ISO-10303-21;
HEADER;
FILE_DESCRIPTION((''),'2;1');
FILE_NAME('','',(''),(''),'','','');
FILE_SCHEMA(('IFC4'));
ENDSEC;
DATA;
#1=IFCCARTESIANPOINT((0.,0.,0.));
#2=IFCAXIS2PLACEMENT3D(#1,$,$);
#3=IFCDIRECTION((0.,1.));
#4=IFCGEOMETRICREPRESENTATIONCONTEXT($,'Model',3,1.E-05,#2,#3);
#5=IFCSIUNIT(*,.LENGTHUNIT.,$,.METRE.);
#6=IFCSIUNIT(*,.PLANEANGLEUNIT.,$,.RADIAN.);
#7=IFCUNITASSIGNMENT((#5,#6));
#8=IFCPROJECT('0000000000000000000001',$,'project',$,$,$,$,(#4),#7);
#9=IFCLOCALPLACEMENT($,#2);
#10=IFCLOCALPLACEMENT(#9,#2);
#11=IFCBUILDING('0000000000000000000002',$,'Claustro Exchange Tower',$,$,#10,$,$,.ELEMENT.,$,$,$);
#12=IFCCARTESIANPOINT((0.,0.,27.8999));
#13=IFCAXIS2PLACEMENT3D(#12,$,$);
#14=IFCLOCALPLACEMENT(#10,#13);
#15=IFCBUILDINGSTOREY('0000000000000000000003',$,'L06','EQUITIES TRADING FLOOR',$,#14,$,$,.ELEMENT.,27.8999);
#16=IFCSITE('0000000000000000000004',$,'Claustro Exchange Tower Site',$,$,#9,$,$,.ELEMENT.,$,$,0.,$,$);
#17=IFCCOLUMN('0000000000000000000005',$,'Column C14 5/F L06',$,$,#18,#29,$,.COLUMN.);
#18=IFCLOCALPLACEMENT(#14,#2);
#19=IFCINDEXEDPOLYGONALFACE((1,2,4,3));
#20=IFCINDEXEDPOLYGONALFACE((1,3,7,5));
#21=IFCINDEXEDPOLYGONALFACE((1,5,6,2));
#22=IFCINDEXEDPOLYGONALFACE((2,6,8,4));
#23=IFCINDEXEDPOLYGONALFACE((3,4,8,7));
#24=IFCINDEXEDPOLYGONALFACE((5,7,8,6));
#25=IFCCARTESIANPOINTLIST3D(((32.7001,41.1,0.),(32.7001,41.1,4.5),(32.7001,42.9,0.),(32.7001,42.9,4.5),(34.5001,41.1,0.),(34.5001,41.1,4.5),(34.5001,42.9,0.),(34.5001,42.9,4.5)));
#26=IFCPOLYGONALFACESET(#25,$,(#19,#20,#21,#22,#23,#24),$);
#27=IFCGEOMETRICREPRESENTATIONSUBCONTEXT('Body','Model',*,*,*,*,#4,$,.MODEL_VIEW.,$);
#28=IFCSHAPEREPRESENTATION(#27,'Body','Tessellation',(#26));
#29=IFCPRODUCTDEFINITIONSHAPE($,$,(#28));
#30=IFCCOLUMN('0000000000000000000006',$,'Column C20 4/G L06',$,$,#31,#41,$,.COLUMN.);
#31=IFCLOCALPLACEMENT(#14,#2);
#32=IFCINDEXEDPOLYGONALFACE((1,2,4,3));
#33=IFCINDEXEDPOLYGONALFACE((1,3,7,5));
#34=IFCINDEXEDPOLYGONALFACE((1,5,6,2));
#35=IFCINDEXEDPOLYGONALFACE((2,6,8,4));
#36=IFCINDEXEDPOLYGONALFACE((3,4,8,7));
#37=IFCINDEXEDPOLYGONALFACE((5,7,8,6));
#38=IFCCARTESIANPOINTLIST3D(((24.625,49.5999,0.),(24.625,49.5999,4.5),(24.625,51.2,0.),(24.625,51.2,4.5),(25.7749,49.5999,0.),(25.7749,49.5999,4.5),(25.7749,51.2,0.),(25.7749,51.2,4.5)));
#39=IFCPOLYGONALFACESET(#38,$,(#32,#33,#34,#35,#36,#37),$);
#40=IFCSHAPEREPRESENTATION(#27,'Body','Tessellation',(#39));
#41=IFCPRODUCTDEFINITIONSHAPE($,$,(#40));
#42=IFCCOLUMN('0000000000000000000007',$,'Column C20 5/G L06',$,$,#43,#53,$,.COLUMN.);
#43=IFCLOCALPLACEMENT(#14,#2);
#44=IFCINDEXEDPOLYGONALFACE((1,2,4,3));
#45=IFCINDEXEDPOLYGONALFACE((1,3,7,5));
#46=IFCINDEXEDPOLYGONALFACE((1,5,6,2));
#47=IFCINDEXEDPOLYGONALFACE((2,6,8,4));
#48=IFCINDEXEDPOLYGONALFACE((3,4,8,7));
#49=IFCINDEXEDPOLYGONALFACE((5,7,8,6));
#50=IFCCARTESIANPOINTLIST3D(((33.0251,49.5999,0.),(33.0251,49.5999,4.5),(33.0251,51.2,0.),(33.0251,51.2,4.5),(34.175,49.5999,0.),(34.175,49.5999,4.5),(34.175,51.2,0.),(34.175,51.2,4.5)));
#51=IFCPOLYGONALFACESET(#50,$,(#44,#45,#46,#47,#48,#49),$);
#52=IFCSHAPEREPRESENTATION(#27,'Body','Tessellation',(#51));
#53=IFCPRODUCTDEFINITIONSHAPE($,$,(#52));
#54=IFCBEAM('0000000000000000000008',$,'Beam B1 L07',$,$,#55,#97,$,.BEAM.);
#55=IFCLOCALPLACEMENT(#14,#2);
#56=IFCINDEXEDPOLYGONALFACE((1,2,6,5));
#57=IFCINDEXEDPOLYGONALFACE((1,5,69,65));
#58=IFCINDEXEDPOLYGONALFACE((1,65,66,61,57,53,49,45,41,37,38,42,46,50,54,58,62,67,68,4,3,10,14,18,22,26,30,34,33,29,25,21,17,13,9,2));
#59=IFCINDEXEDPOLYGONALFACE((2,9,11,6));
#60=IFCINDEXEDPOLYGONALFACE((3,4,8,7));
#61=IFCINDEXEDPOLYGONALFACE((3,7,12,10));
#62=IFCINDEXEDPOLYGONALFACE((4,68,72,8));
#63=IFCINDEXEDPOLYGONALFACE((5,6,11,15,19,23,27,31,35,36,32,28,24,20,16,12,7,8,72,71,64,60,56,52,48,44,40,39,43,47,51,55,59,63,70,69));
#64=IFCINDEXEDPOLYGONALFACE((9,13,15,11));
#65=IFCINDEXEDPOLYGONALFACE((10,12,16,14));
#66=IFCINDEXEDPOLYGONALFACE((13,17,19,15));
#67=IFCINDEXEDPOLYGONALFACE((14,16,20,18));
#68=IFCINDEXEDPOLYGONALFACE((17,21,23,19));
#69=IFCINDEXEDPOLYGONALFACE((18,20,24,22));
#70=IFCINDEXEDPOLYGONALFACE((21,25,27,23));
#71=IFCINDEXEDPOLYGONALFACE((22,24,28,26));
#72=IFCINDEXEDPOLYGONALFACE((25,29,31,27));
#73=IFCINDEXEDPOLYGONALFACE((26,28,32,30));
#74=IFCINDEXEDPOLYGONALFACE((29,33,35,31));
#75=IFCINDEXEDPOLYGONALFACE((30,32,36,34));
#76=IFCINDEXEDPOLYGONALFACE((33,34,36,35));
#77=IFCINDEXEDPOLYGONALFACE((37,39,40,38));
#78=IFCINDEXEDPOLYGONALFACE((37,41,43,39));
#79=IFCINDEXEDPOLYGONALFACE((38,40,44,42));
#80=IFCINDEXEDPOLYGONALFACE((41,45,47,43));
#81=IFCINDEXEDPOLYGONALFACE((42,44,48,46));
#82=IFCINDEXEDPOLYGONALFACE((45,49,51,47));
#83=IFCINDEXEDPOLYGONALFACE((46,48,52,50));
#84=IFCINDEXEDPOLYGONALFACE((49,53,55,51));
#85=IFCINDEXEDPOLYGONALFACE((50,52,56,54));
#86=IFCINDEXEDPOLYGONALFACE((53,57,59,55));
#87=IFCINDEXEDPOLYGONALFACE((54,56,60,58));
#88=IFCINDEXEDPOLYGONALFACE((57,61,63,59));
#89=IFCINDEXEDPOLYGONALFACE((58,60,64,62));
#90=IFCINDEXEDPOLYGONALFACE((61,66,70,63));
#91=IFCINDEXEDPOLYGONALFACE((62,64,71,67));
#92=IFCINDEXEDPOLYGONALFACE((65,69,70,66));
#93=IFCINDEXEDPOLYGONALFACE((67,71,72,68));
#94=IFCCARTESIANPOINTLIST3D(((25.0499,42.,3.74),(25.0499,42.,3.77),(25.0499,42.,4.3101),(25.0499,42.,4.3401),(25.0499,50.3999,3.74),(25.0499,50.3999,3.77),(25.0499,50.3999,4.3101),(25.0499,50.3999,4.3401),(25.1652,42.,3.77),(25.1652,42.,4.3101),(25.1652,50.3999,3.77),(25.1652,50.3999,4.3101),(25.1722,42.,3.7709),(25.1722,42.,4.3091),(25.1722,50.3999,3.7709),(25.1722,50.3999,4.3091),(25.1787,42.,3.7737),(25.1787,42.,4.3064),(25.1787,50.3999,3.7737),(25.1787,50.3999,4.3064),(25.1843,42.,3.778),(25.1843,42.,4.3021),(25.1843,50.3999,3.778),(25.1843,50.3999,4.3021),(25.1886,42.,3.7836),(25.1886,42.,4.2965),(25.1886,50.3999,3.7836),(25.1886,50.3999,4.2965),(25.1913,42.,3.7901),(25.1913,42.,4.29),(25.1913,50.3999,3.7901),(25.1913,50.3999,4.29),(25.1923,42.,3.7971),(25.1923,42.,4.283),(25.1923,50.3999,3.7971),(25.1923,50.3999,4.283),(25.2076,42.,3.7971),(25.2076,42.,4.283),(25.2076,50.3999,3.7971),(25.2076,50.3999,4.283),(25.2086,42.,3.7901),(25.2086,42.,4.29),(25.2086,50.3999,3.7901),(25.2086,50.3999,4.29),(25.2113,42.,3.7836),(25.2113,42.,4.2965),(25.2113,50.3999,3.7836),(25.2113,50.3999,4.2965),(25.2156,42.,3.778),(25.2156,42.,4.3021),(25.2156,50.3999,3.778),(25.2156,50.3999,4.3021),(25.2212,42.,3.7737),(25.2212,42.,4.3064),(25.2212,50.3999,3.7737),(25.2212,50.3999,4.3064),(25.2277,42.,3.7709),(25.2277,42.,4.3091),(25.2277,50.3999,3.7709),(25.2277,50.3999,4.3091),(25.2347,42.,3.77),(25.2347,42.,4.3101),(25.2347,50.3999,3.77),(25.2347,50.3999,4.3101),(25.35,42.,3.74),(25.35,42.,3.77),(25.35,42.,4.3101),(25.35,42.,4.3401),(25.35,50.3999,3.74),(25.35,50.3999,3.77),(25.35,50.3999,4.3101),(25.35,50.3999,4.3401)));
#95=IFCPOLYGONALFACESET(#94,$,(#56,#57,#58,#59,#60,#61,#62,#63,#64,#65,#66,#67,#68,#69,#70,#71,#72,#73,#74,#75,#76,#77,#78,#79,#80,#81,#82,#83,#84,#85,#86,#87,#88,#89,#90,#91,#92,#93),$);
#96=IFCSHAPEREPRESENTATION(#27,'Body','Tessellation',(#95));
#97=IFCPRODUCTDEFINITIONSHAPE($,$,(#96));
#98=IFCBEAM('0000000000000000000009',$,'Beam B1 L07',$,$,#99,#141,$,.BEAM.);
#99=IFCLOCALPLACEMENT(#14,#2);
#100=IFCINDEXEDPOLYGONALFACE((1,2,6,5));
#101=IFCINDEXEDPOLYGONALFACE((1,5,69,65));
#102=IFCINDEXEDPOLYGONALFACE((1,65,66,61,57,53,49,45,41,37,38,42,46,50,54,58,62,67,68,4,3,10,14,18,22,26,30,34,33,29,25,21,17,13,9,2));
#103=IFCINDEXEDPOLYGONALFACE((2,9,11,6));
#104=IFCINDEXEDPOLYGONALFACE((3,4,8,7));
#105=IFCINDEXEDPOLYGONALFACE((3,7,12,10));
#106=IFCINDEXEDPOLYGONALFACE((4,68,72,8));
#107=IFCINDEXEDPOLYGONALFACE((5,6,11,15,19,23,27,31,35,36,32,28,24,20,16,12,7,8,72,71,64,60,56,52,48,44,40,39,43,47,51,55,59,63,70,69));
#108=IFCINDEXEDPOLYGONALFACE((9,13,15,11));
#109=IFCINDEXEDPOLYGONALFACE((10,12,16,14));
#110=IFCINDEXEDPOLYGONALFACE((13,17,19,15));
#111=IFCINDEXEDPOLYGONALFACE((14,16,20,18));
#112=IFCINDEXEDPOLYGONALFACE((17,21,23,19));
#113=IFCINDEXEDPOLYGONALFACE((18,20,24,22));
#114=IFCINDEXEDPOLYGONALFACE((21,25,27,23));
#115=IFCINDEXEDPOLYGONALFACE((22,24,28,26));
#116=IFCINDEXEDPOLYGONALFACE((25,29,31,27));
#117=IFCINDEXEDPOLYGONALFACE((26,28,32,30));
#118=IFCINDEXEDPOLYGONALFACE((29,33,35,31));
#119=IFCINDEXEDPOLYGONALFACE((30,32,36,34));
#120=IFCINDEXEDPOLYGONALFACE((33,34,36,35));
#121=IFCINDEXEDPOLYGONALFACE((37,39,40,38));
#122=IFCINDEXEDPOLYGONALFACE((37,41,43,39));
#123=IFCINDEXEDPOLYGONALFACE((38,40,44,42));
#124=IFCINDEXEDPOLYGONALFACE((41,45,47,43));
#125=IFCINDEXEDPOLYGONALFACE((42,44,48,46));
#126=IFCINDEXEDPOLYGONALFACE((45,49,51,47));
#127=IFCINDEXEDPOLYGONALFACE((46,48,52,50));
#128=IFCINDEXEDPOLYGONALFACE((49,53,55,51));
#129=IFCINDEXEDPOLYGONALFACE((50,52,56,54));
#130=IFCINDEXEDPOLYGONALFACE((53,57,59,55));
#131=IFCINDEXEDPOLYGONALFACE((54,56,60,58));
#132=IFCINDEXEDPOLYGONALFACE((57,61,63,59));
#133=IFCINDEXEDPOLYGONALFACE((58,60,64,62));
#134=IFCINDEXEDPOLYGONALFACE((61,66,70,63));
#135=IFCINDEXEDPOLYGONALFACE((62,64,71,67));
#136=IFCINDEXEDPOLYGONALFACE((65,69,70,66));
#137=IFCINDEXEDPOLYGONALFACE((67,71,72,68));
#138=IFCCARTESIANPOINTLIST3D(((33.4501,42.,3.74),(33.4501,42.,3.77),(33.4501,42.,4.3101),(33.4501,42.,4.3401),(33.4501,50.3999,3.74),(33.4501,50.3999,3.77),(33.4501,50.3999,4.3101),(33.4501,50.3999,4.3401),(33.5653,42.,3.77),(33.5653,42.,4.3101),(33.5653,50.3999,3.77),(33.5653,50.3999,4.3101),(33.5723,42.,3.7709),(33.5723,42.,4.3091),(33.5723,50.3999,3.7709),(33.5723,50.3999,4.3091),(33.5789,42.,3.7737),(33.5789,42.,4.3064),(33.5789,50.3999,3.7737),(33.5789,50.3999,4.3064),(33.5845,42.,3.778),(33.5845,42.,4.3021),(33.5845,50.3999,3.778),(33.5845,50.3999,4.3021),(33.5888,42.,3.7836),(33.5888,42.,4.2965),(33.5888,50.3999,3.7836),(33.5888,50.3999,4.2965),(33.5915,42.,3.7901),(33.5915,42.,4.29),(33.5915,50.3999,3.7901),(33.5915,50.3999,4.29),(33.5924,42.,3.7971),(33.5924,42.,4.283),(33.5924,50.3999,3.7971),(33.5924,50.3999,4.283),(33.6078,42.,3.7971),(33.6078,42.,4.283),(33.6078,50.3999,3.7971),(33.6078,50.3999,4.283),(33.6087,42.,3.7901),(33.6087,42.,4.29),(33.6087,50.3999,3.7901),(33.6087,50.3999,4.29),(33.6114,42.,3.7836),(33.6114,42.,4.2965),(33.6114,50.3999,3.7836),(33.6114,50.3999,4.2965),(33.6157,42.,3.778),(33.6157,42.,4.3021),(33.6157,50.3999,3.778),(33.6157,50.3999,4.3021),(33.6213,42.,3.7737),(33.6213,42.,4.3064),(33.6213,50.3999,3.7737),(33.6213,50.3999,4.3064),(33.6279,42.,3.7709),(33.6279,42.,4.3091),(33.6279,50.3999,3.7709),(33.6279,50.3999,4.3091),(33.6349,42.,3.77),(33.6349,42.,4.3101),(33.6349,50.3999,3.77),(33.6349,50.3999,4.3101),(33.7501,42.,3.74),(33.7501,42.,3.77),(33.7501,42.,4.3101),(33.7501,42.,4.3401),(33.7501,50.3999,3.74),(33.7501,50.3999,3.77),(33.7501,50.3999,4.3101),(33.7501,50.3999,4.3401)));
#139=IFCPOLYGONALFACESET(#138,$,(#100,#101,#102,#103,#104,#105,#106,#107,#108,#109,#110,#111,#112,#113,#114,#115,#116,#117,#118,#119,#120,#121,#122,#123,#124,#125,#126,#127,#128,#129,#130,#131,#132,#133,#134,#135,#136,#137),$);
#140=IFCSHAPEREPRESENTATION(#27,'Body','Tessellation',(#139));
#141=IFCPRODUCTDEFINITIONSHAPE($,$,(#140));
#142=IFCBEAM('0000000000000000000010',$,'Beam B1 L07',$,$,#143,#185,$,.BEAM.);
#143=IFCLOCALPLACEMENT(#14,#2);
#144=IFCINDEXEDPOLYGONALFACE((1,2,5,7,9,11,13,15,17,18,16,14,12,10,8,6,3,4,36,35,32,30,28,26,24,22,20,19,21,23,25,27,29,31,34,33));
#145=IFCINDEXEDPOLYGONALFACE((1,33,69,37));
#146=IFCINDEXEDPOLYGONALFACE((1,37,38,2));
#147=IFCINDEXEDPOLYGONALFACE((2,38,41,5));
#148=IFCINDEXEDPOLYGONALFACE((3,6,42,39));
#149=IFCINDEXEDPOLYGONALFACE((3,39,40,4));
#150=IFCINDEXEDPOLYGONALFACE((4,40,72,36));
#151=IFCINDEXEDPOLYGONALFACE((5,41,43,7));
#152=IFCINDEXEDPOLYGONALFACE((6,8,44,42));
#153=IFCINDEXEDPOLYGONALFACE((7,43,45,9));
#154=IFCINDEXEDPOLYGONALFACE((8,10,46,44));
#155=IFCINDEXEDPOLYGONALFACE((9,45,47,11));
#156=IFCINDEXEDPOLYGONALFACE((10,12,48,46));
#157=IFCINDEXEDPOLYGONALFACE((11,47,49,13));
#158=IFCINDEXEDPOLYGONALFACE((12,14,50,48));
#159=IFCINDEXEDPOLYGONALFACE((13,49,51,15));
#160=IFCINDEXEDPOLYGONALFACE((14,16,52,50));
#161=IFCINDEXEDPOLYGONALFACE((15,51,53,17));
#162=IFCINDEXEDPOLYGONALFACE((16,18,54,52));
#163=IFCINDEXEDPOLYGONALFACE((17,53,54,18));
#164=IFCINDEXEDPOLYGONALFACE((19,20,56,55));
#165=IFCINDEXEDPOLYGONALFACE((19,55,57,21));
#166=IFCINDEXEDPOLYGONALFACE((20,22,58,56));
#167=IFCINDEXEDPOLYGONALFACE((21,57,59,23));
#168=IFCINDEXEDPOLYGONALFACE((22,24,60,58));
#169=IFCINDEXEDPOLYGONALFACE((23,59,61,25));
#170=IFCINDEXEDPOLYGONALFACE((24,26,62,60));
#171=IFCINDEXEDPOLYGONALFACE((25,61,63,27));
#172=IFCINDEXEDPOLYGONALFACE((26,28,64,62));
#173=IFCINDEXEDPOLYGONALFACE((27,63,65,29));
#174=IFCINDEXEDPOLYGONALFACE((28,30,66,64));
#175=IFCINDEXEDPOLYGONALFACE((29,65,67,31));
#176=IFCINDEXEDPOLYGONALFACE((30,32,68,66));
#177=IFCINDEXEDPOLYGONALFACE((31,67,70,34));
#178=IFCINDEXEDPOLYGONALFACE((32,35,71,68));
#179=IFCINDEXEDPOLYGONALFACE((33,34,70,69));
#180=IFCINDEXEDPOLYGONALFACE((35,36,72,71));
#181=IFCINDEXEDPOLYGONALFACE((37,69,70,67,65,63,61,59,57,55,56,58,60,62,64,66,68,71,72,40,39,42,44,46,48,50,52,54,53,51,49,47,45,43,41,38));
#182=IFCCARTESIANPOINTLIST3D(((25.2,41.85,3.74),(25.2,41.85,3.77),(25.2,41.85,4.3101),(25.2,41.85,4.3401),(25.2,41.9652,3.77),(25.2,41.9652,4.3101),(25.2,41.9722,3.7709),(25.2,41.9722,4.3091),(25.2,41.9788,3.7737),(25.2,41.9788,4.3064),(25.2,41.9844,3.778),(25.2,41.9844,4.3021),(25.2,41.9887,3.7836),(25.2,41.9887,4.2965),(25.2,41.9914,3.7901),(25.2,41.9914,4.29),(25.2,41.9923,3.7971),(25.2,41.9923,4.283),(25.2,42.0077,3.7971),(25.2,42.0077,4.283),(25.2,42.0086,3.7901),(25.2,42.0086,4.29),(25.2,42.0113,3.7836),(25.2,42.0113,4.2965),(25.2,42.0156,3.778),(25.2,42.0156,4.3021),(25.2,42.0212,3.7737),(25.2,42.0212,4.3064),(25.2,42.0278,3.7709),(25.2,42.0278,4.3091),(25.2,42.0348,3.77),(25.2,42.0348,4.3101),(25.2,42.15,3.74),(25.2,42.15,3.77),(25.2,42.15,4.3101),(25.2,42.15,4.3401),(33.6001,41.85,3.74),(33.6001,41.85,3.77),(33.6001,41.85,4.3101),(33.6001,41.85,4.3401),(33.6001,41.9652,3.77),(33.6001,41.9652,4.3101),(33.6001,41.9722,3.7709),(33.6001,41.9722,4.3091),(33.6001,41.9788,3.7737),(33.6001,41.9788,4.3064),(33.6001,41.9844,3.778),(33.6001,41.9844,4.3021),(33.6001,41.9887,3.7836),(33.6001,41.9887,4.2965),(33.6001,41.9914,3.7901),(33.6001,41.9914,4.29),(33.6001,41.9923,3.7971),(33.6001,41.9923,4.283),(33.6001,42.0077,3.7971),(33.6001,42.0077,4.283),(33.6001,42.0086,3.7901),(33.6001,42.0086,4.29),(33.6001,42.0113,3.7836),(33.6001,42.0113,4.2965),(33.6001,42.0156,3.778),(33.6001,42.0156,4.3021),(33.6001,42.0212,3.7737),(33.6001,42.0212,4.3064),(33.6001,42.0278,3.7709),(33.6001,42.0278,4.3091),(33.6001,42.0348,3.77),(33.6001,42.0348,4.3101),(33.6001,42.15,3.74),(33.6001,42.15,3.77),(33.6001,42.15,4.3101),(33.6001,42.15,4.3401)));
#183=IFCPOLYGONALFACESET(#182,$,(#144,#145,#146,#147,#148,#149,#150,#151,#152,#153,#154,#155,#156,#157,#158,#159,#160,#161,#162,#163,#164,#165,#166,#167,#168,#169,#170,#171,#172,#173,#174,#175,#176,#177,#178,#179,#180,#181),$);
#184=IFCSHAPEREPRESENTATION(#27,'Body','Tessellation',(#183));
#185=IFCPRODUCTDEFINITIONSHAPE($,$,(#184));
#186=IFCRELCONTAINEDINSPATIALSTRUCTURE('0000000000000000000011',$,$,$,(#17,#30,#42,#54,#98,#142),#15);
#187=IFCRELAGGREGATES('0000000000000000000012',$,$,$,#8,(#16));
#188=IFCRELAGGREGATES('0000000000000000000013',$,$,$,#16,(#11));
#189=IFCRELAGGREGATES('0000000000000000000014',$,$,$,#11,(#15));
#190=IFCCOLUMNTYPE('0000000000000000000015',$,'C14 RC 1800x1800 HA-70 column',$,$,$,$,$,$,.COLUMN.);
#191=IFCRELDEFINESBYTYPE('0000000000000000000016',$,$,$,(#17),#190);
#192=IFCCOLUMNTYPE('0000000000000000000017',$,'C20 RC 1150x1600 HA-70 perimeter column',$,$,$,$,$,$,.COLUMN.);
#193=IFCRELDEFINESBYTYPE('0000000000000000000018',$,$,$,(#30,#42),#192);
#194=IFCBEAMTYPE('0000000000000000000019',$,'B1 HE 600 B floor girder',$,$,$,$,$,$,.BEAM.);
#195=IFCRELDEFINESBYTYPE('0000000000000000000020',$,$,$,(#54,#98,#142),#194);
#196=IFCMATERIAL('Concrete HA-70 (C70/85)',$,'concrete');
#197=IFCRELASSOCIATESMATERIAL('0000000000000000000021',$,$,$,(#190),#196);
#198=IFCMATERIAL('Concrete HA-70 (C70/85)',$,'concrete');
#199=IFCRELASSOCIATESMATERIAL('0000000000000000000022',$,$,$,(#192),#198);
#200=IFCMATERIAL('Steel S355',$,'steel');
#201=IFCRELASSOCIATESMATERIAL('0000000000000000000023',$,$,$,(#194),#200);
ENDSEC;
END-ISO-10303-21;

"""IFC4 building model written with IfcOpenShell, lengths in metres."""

from ifc_helpers import new_model, si_unit, direction, frame, origin, origin_2d, place, context, subcontext, project, spatial, rectangle, i_section, extrude, material, material_profile, profile_set, type_object, element, save


model = new_model("IFC4")

# Units and contexts
model_context = context("Model", 3, precision=1e-05, world=origin(), true_north=direction((0.0, 1.0)))
body_context = subcontext(model_context, "Body", "Model", "MODEL_VIEW")
ifc_project = project(units=[si_unit("LENGTHUNIT", "METRE"), si_unit("PLANEANGLEUNIT", "RADIAN")], contexts=[model_context])

# Site, building, storey
site_placement = place(None, origin())
site = spatial("IfcSite", under=ifc_project, at=site_placement, Name="Claustro Exchange Tower Site", CompositionType="ELEMENT", RefElevation=0.0)
building_placement = place(site_placement, origin())
building = spatial("IfcBuilding", under=site, at=building_placement, Name="Claustro Exchange Tower", CompositionType="ELEMENT")
storey_placement = place(building_placement, frame((0.0, 0.0, 27.8999)))
storey = spatial("IfcBuildingStorey", under=building, at=storey_placement, Name="L06", Description="EQUITIES TRADING FLOOR", CompositionType="ELEMENT", Elevation=27.8999)

# Columns
ifc_material_1 = material(Name="Concrete HA-70 (C70/85)", Category="concrete")
ifc_material_profile_1 = material_profile(ifc_material_1, rectangle(XDim=1.8, YDim=1.8, at=origin_2d()), Name="RC 1800x1800")
ifc_profile_set_1 = profile_set([ifc_material_profile_1], Name="Concrete HA-70 (C70/85)")
column_type_1 = type_object("IfcColumnType", Name="C14 RC 1800x1800 HA-70 column", PredefinedType="COLUMN", material=ifc_profile_set_1)
column_placement = place(storey_placement, frame((33.6001, 42.0, 0.0), z_axis=(0.0, 0.0, 1.0), x_axis=(1.0, 0.0, 0.0)))
element("IfcColumn", 1, at=column_placement, inside=storey, type_object=column_type_1, Name="Column C14 5/F L06", PredefinedType="COLUMN", context=body_context, shape_type="SweptSolid", body=[
    extrude(rectangle(XDim=1.8, YDim=1.8, at=origin_2d()), origin(), (0.0, 0.0, 1.0), 4.5),
])
ifc_material_2 = material(Name="Concrete HA-70 (C70/85)", Category="concrete")
ifc_material_profile_2 = material_profile(ifc_material_2, rectangle(XDim=1.1499, YDim=1.6001, at=origin_2d()), Name="RC 1150x1600")
ifc_profile_set_2 = profile_set([ifc_material_profile_2], Name="Concrete HA-70 (C70/85)")
column_type_2 = type_object("IfcColumnType", Name="C20 RC 1150x1600 HA-70 perimeter column", PredefinedType="COLUMN", material=ifc_profile_set_2)
for number, where, z_axis, x_axis, name in (
    (2, (25.2, 50.3999, 0.0), (0.0, 0.0, 1.0), (1.0, 0.0, 0.0), "Column C20 4/G L06"),
    (3, (33.6001, 50.3999, 0.0), (0.0, 0.0, 1.0), (1.0, 0.0, 0.0), "Column C20 5/G L06"),
):
    element("IfcColumn", number, at=place(storey_placement, frame(where, z_axis=z_axis, x_axis=x_axis)), inside=storey, type_object=column_type_2, Name=name, PredefinedType="COLUMN", context=body_context, shape_type="SweptSolid", body=[
        extrude(rectangle(XDim=1.1499, YDim=1.6001, at=origin_2d()), origin(), (0.0, 0.0, 1.0), 4.5),
    ])

# Beams
ifc_material_3 = material(Name="Steel S355", Category="steel")
ifc_material_profile_3 = material_profile(ifc_material_3, i_section(OverallWidth=0.3, OverallDepth=0.6001, WebThickness=0.0154, FlangeThickness=0.03, FilletRadius=0.0271, at=origin_2d()), Name="HE 600 B")
ifc_profile_set_3 = profile_set([ifc_material_profile_3], Name="Steel S355")
beam_type_1 = type_object("IfcBeamType", Name="B1 HE 600 B floor girder", PredefinedType="BEAM", material=ifc_profile_set_3)
for number, where, z_axis, x_axis, name in (
    (4, (25.2, 42.0, 4.04), (0.0, 1.0, 0.0), (-1.0, 0.0, 0.0), "Beam B1 L07"),
    (5, (33.6001, 42.0, 4.04), (0.0, 1.0, 0.0), (-1.0, 0.0, 0.0), "Beam B1 L07"),
):
    element("IfcBeam", number, at=place(storey_placement, frame(where, z_axis=z_axis, x_axis=x_axis)), inside=storey, type_object=beam_type_1, Name=name, PredefinedType="BEAM", context=body_context, shape_type="SweptSolid", body=[
        extrude(i_section(OverallWidth=0.3, OverallDepth=0.6001, WebThickness=0.0154, FlangeThickness=0.03, FilletRadius=0.0271, at=origin_2d()), origin(), (0.0, 0.0, 1.0), 8.3999),
    ])
beam_1_placement = place(storey_placement, frame((25.2, 42.0, 4.04), z_axis=(1.0, 0.0, 0.0), x_axis=(0.0, 1.0, 0.0)))
element("IfcBeam", 6, at=beam_1_placement, inside=storey, type_object=beam_type_1, Name="Beam B1 L07", PredefinedType="BEAM", context=body_context, shape_type="SweptSolid", body=[
    extrude(i_section(OverallWidth=0.3, OverallDepth=0.6001, WebThickness=0.0154, FlangeThickness=0.03, FilletRadius=0.0271, at=origin_2d()), origin(), (0.0, 0.0, 1.0), 8.4001),
])

save(model, "model.ifc")
